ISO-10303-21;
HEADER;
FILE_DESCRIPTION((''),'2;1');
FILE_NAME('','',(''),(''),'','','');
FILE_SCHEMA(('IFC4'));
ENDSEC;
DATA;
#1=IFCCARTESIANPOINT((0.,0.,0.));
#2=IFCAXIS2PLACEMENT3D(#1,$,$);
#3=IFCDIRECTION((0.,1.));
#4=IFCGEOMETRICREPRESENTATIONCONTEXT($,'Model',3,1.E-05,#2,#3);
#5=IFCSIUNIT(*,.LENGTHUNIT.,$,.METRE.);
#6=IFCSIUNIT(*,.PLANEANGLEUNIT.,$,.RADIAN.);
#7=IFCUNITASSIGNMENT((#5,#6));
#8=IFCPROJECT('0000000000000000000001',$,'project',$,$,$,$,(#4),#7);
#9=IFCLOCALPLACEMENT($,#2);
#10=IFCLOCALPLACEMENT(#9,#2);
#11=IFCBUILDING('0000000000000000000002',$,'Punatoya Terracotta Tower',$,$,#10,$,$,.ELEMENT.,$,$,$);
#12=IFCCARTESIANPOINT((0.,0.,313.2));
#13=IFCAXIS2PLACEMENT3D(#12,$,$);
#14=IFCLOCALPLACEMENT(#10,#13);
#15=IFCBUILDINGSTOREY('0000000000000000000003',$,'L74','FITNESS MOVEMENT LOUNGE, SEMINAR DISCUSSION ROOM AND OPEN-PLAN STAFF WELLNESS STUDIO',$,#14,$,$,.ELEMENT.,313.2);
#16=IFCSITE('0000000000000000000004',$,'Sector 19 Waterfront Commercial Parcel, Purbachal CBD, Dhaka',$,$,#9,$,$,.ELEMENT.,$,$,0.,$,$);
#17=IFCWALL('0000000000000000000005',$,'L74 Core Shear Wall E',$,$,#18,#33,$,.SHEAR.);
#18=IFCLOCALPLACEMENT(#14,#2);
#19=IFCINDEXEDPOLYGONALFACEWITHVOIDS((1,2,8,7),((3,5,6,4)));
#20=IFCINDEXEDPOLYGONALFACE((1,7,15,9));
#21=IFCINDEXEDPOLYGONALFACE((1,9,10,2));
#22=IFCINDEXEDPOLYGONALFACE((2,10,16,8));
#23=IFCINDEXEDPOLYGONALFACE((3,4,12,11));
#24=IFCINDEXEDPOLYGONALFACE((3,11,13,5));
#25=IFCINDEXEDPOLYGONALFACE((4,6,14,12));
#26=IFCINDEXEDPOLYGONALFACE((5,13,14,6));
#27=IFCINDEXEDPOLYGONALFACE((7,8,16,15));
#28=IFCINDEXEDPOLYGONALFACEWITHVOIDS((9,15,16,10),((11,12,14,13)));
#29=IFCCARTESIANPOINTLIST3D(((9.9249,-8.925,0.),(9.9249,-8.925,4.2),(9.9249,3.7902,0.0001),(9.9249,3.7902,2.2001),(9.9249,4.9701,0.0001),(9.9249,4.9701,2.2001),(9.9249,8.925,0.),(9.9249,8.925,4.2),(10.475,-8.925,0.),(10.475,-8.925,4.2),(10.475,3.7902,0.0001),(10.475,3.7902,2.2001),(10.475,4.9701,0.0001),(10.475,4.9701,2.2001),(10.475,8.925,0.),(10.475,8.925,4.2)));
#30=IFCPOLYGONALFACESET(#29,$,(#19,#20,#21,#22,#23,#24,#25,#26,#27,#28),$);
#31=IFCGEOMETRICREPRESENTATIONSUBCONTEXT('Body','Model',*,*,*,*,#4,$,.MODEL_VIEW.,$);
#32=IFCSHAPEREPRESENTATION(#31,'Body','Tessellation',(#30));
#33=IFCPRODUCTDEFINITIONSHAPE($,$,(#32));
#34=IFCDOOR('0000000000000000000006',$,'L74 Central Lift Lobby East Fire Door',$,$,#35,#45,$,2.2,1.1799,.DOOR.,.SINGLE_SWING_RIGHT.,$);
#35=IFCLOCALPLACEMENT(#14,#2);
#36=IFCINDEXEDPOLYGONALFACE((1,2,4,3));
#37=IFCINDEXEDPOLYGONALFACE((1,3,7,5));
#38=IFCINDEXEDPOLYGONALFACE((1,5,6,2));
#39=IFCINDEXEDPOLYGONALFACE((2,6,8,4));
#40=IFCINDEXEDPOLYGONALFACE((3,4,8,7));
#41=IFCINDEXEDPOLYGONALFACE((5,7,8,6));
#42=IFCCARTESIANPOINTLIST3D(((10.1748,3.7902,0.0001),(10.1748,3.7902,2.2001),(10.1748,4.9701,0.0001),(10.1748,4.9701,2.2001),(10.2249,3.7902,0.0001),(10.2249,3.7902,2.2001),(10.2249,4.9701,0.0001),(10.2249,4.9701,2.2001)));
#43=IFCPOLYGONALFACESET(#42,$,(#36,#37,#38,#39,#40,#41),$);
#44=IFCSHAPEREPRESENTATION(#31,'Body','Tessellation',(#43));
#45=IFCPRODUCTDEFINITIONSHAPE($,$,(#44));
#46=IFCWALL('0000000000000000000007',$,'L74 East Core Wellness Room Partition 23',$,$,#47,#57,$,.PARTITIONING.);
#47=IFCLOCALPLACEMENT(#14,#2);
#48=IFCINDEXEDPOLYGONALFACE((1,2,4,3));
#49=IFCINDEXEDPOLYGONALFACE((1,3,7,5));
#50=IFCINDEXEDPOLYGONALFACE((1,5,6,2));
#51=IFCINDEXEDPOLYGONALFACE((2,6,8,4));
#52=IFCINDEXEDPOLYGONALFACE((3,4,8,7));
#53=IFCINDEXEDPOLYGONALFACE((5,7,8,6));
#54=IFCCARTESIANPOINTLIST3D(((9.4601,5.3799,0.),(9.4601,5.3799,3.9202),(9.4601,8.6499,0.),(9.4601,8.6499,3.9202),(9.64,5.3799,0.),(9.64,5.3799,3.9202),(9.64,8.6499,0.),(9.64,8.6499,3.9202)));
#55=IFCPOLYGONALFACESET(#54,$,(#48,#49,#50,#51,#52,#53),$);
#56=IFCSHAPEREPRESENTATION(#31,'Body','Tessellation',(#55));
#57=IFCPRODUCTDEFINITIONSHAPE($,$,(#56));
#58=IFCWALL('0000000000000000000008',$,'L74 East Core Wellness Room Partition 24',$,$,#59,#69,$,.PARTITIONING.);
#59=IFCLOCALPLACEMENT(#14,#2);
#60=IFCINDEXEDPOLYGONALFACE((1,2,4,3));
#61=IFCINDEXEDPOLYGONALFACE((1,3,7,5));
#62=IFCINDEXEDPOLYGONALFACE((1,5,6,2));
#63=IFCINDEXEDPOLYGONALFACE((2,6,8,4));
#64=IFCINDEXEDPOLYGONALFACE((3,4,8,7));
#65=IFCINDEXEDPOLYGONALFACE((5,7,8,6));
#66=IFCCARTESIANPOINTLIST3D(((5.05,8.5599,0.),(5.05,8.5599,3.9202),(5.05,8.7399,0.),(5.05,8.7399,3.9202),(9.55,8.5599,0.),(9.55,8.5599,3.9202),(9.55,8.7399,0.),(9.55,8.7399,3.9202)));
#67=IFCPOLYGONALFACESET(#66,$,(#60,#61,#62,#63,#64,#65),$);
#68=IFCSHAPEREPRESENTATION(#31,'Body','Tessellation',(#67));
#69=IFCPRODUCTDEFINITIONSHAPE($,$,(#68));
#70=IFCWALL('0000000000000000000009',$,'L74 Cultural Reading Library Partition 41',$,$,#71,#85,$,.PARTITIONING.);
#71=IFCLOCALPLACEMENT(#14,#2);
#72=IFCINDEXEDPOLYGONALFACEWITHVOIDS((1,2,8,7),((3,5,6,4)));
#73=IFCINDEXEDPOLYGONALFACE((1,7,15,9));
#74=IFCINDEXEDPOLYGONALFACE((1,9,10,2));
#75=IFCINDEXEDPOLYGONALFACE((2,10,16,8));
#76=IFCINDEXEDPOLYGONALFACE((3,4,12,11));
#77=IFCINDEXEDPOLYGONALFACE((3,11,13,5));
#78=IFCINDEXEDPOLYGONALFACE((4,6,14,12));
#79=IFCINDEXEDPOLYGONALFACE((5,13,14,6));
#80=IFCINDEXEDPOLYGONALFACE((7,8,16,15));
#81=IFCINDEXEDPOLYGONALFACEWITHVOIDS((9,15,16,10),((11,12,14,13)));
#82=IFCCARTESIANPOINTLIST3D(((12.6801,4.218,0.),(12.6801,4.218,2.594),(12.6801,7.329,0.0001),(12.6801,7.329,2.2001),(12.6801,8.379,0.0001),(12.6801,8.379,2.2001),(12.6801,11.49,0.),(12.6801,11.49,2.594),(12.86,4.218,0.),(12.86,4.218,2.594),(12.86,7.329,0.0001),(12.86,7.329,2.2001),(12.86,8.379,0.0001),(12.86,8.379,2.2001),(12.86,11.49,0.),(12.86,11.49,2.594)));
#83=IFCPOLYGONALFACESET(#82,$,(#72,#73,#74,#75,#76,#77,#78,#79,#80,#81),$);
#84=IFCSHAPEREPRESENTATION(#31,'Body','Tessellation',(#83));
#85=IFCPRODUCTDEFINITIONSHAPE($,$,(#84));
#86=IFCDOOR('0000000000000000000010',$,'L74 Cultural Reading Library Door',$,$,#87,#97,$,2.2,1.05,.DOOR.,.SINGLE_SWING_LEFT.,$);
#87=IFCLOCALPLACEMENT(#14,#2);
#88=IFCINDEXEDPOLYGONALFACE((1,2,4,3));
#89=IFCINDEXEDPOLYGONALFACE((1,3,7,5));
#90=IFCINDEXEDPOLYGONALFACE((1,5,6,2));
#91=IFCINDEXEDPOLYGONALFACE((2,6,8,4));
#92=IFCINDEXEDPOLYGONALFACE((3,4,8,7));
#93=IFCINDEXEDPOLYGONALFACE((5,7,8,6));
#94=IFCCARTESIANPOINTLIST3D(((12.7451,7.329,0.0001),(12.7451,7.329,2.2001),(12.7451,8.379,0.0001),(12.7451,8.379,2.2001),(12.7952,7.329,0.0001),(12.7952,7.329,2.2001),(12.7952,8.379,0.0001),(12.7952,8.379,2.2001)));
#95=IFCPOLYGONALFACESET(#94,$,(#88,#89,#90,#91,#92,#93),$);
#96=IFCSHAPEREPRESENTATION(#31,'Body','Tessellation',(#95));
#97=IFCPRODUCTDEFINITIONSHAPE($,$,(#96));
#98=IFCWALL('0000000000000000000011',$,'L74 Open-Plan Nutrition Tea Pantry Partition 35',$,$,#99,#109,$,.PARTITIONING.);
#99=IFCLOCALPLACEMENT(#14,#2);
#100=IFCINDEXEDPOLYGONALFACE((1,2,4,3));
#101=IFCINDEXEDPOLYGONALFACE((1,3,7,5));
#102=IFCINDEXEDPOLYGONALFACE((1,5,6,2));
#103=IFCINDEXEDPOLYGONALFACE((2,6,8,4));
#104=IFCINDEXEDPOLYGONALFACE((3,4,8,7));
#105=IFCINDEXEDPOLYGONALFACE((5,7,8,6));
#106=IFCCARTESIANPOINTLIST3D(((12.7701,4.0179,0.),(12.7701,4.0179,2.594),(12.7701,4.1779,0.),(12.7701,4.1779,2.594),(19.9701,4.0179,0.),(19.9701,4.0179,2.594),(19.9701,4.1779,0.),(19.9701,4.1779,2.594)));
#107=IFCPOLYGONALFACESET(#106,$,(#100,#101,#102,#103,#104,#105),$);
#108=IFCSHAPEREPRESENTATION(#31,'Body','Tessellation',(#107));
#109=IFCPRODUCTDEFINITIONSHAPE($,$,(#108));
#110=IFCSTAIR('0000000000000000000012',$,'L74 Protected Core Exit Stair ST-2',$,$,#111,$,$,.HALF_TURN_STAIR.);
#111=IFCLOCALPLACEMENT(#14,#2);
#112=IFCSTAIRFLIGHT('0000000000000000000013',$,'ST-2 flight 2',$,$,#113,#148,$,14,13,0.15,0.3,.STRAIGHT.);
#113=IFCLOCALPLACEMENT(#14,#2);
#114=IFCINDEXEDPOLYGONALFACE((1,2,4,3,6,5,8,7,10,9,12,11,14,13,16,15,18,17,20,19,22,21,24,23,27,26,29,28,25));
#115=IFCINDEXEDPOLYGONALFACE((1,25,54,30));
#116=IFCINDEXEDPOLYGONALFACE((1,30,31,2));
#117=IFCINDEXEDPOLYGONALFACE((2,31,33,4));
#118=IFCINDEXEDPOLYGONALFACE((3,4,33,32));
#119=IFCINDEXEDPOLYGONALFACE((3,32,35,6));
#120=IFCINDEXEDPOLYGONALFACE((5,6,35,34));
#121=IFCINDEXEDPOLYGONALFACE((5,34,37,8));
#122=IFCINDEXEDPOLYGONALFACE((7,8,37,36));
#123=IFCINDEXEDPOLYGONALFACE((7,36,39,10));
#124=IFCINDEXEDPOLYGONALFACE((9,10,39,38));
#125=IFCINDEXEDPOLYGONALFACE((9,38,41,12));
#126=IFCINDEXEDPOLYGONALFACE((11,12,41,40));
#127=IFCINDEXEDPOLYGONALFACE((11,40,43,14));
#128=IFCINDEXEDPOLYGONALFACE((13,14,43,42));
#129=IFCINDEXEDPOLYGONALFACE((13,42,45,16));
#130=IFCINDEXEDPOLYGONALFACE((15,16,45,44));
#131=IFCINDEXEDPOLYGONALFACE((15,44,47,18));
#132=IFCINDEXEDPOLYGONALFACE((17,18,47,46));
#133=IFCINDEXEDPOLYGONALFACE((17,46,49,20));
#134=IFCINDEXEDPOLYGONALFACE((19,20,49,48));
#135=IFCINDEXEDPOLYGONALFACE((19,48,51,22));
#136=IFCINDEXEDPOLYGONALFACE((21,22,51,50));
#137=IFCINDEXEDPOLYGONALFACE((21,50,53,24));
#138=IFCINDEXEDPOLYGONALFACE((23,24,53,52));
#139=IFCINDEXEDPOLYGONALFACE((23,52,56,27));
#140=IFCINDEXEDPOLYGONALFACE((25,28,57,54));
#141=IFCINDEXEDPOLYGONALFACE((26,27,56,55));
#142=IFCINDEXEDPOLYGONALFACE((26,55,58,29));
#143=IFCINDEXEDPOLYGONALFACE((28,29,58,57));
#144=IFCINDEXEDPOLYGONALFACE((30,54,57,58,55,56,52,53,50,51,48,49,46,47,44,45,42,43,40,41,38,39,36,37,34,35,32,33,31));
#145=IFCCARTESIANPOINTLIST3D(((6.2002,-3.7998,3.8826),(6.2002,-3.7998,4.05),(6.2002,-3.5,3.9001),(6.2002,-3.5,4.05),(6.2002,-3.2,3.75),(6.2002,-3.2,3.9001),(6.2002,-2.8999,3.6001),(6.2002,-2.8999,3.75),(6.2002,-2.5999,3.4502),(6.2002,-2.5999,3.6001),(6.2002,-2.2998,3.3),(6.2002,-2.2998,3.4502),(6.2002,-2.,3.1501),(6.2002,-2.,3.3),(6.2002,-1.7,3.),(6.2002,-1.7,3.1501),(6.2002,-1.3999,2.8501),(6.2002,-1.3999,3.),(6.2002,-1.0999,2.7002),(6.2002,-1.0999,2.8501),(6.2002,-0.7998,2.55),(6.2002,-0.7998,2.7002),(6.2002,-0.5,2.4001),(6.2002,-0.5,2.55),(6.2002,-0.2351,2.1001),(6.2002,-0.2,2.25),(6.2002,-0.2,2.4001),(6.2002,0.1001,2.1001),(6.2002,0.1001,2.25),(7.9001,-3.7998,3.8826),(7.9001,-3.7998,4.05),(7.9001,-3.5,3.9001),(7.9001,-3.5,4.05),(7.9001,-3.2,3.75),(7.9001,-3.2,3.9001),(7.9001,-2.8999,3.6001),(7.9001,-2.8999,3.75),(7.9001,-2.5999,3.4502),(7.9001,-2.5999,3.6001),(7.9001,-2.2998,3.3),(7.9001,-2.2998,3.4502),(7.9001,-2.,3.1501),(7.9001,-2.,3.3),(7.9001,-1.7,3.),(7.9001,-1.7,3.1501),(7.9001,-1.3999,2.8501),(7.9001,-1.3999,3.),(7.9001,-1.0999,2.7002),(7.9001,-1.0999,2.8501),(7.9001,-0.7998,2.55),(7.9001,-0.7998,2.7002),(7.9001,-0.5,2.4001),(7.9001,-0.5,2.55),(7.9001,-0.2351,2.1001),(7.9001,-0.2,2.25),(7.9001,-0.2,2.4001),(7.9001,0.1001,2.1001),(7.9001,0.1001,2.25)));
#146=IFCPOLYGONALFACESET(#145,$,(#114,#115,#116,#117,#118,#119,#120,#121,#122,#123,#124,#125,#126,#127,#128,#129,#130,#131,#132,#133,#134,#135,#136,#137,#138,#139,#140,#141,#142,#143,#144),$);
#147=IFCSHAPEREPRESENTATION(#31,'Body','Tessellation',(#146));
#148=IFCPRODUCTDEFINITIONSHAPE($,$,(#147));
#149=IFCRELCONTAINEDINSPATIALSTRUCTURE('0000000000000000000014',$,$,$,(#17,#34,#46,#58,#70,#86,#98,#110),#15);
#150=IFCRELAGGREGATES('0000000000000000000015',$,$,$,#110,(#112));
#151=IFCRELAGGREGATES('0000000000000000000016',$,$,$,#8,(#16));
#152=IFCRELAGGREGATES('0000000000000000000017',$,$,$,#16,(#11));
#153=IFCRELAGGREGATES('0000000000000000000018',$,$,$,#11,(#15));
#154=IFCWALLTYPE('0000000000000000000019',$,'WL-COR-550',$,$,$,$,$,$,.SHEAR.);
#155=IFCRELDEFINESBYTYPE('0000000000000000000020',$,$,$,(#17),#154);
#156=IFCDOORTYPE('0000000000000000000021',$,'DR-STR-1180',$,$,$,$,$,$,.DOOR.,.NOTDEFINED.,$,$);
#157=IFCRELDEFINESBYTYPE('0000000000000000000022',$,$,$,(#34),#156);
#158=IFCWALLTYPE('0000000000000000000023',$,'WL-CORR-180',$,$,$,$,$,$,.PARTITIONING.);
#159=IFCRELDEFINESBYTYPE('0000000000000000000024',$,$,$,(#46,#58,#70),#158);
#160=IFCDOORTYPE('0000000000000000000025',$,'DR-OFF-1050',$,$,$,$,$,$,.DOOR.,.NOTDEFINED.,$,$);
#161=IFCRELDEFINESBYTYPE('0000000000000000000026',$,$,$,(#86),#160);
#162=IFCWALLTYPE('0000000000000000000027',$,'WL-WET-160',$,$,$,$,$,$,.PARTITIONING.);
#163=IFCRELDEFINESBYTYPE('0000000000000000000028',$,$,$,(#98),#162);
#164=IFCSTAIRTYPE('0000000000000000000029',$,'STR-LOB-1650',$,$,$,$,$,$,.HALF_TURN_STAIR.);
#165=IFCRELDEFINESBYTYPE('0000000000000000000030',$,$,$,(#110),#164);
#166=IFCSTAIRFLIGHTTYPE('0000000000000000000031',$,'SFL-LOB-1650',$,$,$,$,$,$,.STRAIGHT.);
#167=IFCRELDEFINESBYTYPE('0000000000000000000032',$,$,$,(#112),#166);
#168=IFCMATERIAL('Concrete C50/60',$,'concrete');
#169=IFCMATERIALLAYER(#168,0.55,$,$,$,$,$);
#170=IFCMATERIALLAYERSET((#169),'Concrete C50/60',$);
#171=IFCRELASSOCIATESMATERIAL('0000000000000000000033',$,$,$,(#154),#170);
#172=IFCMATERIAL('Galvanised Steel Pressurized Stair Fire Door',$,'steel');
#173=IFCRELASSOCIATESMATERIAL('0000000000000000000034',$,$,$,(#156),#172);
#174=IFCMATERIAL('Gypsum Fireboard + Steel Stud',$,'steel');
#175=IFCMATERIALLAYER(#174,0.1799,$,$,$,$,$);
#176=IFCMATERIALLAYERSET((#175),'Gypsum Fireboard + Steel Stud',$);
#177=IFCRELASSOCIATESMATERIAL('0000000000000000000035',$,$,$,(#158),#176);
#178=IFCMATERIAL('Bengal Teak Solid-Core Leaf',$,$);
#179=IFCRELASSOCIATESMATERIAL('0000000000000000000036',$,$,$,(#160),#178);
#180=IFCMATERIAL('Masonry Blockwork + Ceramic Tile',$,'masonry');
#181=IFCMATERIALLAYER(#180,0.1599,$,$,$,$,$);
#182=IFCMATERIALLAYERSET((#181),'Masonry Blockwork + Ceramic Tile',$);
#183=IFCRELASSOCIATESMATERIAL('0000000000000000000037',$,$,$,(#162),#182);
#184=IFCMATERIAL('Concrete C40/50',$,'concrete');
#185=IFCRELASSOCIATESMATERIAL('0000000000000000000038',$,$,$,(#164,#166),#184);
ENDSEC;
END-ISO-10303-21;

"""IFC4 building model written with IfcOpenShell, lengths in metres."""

from ifc_helpers import new_model, si_unit, direction, frame, frame_2d, origin, place, context, subcontext, project, spatial, polyline, rectangle, outline, extrude, material, layer, layer_set, type_object, element, fill, aggregate, save


model = new_model("IFC4")

# Units and contexts
model_context = context("Model", 3, precision=1e-05, world=origin(), true_north=direction((0.0, 1.0)))
body_context = subcontext(model_context, "Body", "Model", "MODEL_VIEW")
ifc_project = project(units=[si_unit("LENGTHUNIT", "METRE"), si_unit("PLANEANGLEUNIT", "RADIAN")], contexts=[model_context])

# Site, building, storey
site_placement = place(None, origin())
site = spatial("IfcSite", under=ifc_project, at=site_placement, Name="Sector 19 Waterfront Commercial Parcel, Purbachal CBD, Dhaka", CompositionType="ELEMENT", RefElevation=0.0)
building_placement = place(site_placement, origin())
building = spatial("IfcBuilding", under=site, at=building_placement, Name="Punatoya Terracotta Tower", CompositionType="ELEMENT")
storey_placement = place(building_placement, frame((0.0, 0.0, 313.2)))
storey = spatial("IfcBuildingStorey", under=building, at=storey_placement, Name="L74", Description="FITNESS MOVEMENT LOUNGE, SEMINAR DISCUSSION ROOM AND OPEN-PLAN STAFF WELLNESS STUDIO", CompositionType="ELEMENT", Elevation=313.2)

# Wall, opening, door
ifc_material_1 = material(Name="Concrete C50/60", Category="concrete")
ifc_layer_1 = layer(ifc_material_1, 0.55)
ifc_layer_set_1 = layer_set([ifc_layer_1], Name="Concrete C50/60")
wall_type_1 = type_object("IfcWallType", Name="WL-COR-550", PredefinedType="SHEAR", material=ifc_layer_set_1)
wall_1_placement = place(storey_placement, frame((10.2, 8.925, 0.0), z_axis=(0.0, 0.0, 1.0), x_axis=(0.0, -1.0, 0.0)))
wall_1 = element("IfcWall", 1, at=wall_1_placement, inside=storey, type_object=wall_type_1, Name="L74 Core Shear Wall E", PredefinedType="SHEAR", context=body_context, shape_type="SweptSolid", body=[
    extrude(rectangle(XDim=17.8501, YDim=0.55, at=frame_2d((8.925, 0.0))), origin(), (0.0, 0.0, 1.0), 4.2),
])
opening_1_placement = place(wall_1_placement, frame((3.9551, 0.0, 0.0)))
opening_1 = element("IfcOpeningElement", 2, at=opening_1_placement, cuts=wall_1, PredefinedType="OPENING", context=body_context, shape_type="SweptSolid", body=[
    extrude(rectangle(XDim=1.1799, YDim=2.2, at=frame_2d((0.5898, 1.1001))), frame((0.0, 0.2849, 0.0), z_axis=(0.0, -1.0, 0.0), x_axis=(1.0, 0.0, 0.0)), (0.0, 0.0, 1.0), 0.5701),
])
ifc_material_2 = material(Name="Galvanised Steel Pressurized Stair Fire Door", Category="steel")
door_type_1 = type_object("IfcDoorType", Name="DR-STR-1180", OperationType="NOTDEFINED", PredefinedType="DOOR", material=ifc_material_2)
door_1_placement = place(opening_1_placement, origin())
door_1 = element("IfcDoor", 3, at=door_1_placement, inside=storey, type_object=door_type_1, Name="L74 Central Lift Lobby East Fire Door", OperationType="SINGLE_SWING_RIGHT", OverallHeight=2.2, OverallWidth=1.1799, PredefinedType="DOOR", context=body_context, shape_type="SweptSolid", body=[
    extrude(rectangle(XDim=1.1799, YDim=2.2, at=frame_2d((0.5898, 1.1001))), frame((0.0, 0.0249, 0.0), z_axis=(0.0, -1.0, 0.0), x_axis=(1.0, 0.0, 0.0)), (0.0, 0.0, 1.0), 0.05),
])
fill(opening_1, door_1)

# Walls
ifc_material_3 = material(Name="Gypsum Fireboard + Steel Stud", Category="steel")
ifc_layer_2 = layer(ifc_material_3, 0.1799)
ifc_layer_set_2 = layer_set([ifc_layer_2], Name="Gypsum Fireboard + Steel Stud")
wall_type_2 = type_object("IfcWallType", Name="WL-CORR-180", PredefinedType="PARTITIONING", material=ifc_layer_set_2)
wall_2_placement = place(storey_placement, frame((9.55, 5.3799, 0.0), z_axis=(0.0, 0.0, 1.0), x_axis=(0.0, 1.0, 0.0)))
element("IfcWall", 4, at=wall_2_placement, inside=storey, type_object=wall_type_2, Name="L74 East Core Wellness Room Partition 23", PredefinedType="PARTITIONING", context=body_context, shape_type="SweptSolid", body=[
    extrude(rectangle(XDim=3.27, YDim=0.1799, at=frame_2d((1.635, 0.0))), origin(), (0.0, 0.0, 1.0), 3.9202),
])
wall_3_placement = place(storey_placement, frame((9.55, 8.6499, 0.0), z_axis=(0.0, 0.0, 1.0), x_axis=(-1.0, 0.0, 0.0)))
element("IfcWall", 5, at=wall_3_placement, inside=storey, type_object=wall_type_2, Name="L74 East Core Wellness Room Partition 24", PredefinedType="PARTITIONING", context=body_context, shape_type="SweptSolid", body=[
    extrude(rectangle(XDim=4.5, YDim=0.1799, at=frame_2d((2.25, 0.0))), origin(), (0.0, 0.0, 1.0), 3.9202),
])

# Wall, opening, door
wall_4_placement = place(storey_placement, frame((12.77, 4.218, 0.0), z_axis=(0.0, 0.0, 1.0), x_axis=(0.0, 1.0, 0.0)))
wall_4 = element("IfcWall", 6, at=wall_4_placement, inside=storey, type_object=wall_type_2, Name="L74 Cultural Reading Library Partition 41", PredefinedType="PARTITIONING", context=body_context, shape_type="SweptSolid", body=[
    extrude(rectangle(XDim=7.272, YDim=0.1799, at=frame_2d((3.636, 0.0))), origin(), (0.0, 0.0, 1.0), 2.594),
])
opening_2_placement = place(wall_4_placement, frame((3.1111, 0.0, 0.0)))
opening_2 = element("IfcOpeningElement", 7, at=opening_2_placement, cuts=wall_4, PredefinedType="OPENING", context=body_context, shape_type="SweptSolid", body=[
    extrude(rectangle(XDim=1.05, YDim=2.2, at=frame_2d((0.5249, 1.1001))), frame((0.0, 0.0999, 0.0), z_axis=(0.0, -1.0, 0.0), x_axis=(1.0, 0.0, 0.0)), (0.0, 0.0, 1.0), 0.2),
])
ifc_material_4 = material(Name="Bengal Teak Solid-Core Leaf")
door_type_2 = type_object("IfcDoorType", Name="DR-OFF-1050", OperationType="NOTDEFINED", PredefinedType="DOOR", material=ifc_material_4)
door_2_placement = place(opening_2_placement, origin())
door_2 = element("IfcDoor", 8, at=door_2_placement, inside=storey, type_object=door_type_2, Name="L74 Cultural Reading Library Door", OperationType="SINGLE_SWING_LEFT", OverallHeight=2.2, OverallWidth=1.05, PredefinedType="DOOR", context=body_context, shape_type="SweptSolid", body=[
    extrude(rectangle(XDim=1.05, YDim=2.2, at=frame_2d((0.5249, 1.1001))), frame((0.0, 0.0249, 0.0), z_axis=(0.0, -1.0, 0.0), x_axis=(1.0, 0.0, 0.0)), (0.0, 0.0, 1.0), 0.05),
])
fill(opening_2, door_2)

# Wall
ifc_material_5 = material(Name="Masonry Blockwork + Ceramic Tile", Category="masonry")
ifc_layer_3 = layer(ifc_material_5, 0.1599)
ifc_layer_set_3 = layer_set([ifc_layer_3], Name="Masonry Blockwork + Ceramic Tile")
wall_type_3 = type_object("IfcWallType", Name="WL-WET-160", PredefinedType="PARTITIONING", material=ifc_layer_set_3)
wall_5_placement = place(storey_placement, frame((12.77, 4.0979, 0.0), z_axis=(0.0, 0.0, 1.0), x_axis=(1.0, 0.0, 0.0)))
element("IfcWall", 9, at=wall_5_placement, inside=storey, type_object=wall_type_3, Name="L74 Open-Plan Nutrition Tea Pantry Partition 35", PredefinedType="PARTITIONING", context=body_context, shape_type="SweptSolid", body=[
    extrude(rectangle(XDim=7.2, YDim=0.1599, at=frame_2d((3.6001, 0.0))), origin(), (0.0, 0.0, 1.0), 2.594),
])

# Stair, stair flight
ifc_material_6 = material(Name="Concrete C40/50", Category="concrete")
stair_type = type_object("IfcStairType", Name="STR-LOB-1650", PredefinedType="HALF_TURN_STAIR", material=ifc_material_6)
stair_placement = place(storey_placement, origin())
stair = element("IfcStair", 10, at=stair_placement, inside=storey, type_object=stair_type, Name="L74 Protected Core Exit Stair ST-2", PredefinedType="HALF_TURN_STAIR")
stair_flight_type = type_object("IfcStairFlightType", Name="SFL-LOB-1650", PredefinedType="STRAIGHT", material=ifc_material_6)
stair_flight_placement = place(storey_placement, frame((7.05, 0.1001, 2.1001), z_axis=(0.0, 0.0, 1.0), x_axis=(0.0, -1.0, 0.0)))
stair_flight = element("IfcStairFlight", 11, at=stair_flight_placement, type_object=stair_flight_type, Name="ST-2 flight 2", NumberOfRisers=14, NumberOfTreads=13, PredefinedType="STRAIGHT", RiserHeight=0.15, TreadLength=0.3, context=body_context, shape_type="SweptSolid", body=[
    extrude(outline(polyline([(0.0, 0.0), (0.0, 0.1499), (0.3, 0.1499), (0.3, 0.3), (0.6001, 0.3), (0.6001, 0.45), (0.8999, 0.45), (0.8999, 0.6001), (1.2, 0.6001), (1.2, 0.75), (1.5, 0.75), (1.5, 0.8999), (1.8, 0.8999), (1.8, 1.05), (2.1001, 1.05), (2.1001, 1.2), (2.3999, 1.2), (2.3999, 1.3501), (2.7, 1.3501), (2.7, 1.5), (3.0, 1.5), (3.0, 1.6499), (3.3, 1.6499), (3.3, 1.8), (3.6001, 1.8), (3.6001, 1.95), (3.8999, 1.95), (3.8999, 2.1001), (3.8999, 1.7825), (0.3352, 0.0), (0.0, 0.0)])), frame((0.0, 0.8501, 0.0), z_axis=(0.0, -1.0, 0.0), x_axis=(1.0, 0.0, 0.0)), (0.0, 0.0, 1.0), 1.7),
])
aggregate(stair, [stair_flight])

save(model, "model.ifc")
